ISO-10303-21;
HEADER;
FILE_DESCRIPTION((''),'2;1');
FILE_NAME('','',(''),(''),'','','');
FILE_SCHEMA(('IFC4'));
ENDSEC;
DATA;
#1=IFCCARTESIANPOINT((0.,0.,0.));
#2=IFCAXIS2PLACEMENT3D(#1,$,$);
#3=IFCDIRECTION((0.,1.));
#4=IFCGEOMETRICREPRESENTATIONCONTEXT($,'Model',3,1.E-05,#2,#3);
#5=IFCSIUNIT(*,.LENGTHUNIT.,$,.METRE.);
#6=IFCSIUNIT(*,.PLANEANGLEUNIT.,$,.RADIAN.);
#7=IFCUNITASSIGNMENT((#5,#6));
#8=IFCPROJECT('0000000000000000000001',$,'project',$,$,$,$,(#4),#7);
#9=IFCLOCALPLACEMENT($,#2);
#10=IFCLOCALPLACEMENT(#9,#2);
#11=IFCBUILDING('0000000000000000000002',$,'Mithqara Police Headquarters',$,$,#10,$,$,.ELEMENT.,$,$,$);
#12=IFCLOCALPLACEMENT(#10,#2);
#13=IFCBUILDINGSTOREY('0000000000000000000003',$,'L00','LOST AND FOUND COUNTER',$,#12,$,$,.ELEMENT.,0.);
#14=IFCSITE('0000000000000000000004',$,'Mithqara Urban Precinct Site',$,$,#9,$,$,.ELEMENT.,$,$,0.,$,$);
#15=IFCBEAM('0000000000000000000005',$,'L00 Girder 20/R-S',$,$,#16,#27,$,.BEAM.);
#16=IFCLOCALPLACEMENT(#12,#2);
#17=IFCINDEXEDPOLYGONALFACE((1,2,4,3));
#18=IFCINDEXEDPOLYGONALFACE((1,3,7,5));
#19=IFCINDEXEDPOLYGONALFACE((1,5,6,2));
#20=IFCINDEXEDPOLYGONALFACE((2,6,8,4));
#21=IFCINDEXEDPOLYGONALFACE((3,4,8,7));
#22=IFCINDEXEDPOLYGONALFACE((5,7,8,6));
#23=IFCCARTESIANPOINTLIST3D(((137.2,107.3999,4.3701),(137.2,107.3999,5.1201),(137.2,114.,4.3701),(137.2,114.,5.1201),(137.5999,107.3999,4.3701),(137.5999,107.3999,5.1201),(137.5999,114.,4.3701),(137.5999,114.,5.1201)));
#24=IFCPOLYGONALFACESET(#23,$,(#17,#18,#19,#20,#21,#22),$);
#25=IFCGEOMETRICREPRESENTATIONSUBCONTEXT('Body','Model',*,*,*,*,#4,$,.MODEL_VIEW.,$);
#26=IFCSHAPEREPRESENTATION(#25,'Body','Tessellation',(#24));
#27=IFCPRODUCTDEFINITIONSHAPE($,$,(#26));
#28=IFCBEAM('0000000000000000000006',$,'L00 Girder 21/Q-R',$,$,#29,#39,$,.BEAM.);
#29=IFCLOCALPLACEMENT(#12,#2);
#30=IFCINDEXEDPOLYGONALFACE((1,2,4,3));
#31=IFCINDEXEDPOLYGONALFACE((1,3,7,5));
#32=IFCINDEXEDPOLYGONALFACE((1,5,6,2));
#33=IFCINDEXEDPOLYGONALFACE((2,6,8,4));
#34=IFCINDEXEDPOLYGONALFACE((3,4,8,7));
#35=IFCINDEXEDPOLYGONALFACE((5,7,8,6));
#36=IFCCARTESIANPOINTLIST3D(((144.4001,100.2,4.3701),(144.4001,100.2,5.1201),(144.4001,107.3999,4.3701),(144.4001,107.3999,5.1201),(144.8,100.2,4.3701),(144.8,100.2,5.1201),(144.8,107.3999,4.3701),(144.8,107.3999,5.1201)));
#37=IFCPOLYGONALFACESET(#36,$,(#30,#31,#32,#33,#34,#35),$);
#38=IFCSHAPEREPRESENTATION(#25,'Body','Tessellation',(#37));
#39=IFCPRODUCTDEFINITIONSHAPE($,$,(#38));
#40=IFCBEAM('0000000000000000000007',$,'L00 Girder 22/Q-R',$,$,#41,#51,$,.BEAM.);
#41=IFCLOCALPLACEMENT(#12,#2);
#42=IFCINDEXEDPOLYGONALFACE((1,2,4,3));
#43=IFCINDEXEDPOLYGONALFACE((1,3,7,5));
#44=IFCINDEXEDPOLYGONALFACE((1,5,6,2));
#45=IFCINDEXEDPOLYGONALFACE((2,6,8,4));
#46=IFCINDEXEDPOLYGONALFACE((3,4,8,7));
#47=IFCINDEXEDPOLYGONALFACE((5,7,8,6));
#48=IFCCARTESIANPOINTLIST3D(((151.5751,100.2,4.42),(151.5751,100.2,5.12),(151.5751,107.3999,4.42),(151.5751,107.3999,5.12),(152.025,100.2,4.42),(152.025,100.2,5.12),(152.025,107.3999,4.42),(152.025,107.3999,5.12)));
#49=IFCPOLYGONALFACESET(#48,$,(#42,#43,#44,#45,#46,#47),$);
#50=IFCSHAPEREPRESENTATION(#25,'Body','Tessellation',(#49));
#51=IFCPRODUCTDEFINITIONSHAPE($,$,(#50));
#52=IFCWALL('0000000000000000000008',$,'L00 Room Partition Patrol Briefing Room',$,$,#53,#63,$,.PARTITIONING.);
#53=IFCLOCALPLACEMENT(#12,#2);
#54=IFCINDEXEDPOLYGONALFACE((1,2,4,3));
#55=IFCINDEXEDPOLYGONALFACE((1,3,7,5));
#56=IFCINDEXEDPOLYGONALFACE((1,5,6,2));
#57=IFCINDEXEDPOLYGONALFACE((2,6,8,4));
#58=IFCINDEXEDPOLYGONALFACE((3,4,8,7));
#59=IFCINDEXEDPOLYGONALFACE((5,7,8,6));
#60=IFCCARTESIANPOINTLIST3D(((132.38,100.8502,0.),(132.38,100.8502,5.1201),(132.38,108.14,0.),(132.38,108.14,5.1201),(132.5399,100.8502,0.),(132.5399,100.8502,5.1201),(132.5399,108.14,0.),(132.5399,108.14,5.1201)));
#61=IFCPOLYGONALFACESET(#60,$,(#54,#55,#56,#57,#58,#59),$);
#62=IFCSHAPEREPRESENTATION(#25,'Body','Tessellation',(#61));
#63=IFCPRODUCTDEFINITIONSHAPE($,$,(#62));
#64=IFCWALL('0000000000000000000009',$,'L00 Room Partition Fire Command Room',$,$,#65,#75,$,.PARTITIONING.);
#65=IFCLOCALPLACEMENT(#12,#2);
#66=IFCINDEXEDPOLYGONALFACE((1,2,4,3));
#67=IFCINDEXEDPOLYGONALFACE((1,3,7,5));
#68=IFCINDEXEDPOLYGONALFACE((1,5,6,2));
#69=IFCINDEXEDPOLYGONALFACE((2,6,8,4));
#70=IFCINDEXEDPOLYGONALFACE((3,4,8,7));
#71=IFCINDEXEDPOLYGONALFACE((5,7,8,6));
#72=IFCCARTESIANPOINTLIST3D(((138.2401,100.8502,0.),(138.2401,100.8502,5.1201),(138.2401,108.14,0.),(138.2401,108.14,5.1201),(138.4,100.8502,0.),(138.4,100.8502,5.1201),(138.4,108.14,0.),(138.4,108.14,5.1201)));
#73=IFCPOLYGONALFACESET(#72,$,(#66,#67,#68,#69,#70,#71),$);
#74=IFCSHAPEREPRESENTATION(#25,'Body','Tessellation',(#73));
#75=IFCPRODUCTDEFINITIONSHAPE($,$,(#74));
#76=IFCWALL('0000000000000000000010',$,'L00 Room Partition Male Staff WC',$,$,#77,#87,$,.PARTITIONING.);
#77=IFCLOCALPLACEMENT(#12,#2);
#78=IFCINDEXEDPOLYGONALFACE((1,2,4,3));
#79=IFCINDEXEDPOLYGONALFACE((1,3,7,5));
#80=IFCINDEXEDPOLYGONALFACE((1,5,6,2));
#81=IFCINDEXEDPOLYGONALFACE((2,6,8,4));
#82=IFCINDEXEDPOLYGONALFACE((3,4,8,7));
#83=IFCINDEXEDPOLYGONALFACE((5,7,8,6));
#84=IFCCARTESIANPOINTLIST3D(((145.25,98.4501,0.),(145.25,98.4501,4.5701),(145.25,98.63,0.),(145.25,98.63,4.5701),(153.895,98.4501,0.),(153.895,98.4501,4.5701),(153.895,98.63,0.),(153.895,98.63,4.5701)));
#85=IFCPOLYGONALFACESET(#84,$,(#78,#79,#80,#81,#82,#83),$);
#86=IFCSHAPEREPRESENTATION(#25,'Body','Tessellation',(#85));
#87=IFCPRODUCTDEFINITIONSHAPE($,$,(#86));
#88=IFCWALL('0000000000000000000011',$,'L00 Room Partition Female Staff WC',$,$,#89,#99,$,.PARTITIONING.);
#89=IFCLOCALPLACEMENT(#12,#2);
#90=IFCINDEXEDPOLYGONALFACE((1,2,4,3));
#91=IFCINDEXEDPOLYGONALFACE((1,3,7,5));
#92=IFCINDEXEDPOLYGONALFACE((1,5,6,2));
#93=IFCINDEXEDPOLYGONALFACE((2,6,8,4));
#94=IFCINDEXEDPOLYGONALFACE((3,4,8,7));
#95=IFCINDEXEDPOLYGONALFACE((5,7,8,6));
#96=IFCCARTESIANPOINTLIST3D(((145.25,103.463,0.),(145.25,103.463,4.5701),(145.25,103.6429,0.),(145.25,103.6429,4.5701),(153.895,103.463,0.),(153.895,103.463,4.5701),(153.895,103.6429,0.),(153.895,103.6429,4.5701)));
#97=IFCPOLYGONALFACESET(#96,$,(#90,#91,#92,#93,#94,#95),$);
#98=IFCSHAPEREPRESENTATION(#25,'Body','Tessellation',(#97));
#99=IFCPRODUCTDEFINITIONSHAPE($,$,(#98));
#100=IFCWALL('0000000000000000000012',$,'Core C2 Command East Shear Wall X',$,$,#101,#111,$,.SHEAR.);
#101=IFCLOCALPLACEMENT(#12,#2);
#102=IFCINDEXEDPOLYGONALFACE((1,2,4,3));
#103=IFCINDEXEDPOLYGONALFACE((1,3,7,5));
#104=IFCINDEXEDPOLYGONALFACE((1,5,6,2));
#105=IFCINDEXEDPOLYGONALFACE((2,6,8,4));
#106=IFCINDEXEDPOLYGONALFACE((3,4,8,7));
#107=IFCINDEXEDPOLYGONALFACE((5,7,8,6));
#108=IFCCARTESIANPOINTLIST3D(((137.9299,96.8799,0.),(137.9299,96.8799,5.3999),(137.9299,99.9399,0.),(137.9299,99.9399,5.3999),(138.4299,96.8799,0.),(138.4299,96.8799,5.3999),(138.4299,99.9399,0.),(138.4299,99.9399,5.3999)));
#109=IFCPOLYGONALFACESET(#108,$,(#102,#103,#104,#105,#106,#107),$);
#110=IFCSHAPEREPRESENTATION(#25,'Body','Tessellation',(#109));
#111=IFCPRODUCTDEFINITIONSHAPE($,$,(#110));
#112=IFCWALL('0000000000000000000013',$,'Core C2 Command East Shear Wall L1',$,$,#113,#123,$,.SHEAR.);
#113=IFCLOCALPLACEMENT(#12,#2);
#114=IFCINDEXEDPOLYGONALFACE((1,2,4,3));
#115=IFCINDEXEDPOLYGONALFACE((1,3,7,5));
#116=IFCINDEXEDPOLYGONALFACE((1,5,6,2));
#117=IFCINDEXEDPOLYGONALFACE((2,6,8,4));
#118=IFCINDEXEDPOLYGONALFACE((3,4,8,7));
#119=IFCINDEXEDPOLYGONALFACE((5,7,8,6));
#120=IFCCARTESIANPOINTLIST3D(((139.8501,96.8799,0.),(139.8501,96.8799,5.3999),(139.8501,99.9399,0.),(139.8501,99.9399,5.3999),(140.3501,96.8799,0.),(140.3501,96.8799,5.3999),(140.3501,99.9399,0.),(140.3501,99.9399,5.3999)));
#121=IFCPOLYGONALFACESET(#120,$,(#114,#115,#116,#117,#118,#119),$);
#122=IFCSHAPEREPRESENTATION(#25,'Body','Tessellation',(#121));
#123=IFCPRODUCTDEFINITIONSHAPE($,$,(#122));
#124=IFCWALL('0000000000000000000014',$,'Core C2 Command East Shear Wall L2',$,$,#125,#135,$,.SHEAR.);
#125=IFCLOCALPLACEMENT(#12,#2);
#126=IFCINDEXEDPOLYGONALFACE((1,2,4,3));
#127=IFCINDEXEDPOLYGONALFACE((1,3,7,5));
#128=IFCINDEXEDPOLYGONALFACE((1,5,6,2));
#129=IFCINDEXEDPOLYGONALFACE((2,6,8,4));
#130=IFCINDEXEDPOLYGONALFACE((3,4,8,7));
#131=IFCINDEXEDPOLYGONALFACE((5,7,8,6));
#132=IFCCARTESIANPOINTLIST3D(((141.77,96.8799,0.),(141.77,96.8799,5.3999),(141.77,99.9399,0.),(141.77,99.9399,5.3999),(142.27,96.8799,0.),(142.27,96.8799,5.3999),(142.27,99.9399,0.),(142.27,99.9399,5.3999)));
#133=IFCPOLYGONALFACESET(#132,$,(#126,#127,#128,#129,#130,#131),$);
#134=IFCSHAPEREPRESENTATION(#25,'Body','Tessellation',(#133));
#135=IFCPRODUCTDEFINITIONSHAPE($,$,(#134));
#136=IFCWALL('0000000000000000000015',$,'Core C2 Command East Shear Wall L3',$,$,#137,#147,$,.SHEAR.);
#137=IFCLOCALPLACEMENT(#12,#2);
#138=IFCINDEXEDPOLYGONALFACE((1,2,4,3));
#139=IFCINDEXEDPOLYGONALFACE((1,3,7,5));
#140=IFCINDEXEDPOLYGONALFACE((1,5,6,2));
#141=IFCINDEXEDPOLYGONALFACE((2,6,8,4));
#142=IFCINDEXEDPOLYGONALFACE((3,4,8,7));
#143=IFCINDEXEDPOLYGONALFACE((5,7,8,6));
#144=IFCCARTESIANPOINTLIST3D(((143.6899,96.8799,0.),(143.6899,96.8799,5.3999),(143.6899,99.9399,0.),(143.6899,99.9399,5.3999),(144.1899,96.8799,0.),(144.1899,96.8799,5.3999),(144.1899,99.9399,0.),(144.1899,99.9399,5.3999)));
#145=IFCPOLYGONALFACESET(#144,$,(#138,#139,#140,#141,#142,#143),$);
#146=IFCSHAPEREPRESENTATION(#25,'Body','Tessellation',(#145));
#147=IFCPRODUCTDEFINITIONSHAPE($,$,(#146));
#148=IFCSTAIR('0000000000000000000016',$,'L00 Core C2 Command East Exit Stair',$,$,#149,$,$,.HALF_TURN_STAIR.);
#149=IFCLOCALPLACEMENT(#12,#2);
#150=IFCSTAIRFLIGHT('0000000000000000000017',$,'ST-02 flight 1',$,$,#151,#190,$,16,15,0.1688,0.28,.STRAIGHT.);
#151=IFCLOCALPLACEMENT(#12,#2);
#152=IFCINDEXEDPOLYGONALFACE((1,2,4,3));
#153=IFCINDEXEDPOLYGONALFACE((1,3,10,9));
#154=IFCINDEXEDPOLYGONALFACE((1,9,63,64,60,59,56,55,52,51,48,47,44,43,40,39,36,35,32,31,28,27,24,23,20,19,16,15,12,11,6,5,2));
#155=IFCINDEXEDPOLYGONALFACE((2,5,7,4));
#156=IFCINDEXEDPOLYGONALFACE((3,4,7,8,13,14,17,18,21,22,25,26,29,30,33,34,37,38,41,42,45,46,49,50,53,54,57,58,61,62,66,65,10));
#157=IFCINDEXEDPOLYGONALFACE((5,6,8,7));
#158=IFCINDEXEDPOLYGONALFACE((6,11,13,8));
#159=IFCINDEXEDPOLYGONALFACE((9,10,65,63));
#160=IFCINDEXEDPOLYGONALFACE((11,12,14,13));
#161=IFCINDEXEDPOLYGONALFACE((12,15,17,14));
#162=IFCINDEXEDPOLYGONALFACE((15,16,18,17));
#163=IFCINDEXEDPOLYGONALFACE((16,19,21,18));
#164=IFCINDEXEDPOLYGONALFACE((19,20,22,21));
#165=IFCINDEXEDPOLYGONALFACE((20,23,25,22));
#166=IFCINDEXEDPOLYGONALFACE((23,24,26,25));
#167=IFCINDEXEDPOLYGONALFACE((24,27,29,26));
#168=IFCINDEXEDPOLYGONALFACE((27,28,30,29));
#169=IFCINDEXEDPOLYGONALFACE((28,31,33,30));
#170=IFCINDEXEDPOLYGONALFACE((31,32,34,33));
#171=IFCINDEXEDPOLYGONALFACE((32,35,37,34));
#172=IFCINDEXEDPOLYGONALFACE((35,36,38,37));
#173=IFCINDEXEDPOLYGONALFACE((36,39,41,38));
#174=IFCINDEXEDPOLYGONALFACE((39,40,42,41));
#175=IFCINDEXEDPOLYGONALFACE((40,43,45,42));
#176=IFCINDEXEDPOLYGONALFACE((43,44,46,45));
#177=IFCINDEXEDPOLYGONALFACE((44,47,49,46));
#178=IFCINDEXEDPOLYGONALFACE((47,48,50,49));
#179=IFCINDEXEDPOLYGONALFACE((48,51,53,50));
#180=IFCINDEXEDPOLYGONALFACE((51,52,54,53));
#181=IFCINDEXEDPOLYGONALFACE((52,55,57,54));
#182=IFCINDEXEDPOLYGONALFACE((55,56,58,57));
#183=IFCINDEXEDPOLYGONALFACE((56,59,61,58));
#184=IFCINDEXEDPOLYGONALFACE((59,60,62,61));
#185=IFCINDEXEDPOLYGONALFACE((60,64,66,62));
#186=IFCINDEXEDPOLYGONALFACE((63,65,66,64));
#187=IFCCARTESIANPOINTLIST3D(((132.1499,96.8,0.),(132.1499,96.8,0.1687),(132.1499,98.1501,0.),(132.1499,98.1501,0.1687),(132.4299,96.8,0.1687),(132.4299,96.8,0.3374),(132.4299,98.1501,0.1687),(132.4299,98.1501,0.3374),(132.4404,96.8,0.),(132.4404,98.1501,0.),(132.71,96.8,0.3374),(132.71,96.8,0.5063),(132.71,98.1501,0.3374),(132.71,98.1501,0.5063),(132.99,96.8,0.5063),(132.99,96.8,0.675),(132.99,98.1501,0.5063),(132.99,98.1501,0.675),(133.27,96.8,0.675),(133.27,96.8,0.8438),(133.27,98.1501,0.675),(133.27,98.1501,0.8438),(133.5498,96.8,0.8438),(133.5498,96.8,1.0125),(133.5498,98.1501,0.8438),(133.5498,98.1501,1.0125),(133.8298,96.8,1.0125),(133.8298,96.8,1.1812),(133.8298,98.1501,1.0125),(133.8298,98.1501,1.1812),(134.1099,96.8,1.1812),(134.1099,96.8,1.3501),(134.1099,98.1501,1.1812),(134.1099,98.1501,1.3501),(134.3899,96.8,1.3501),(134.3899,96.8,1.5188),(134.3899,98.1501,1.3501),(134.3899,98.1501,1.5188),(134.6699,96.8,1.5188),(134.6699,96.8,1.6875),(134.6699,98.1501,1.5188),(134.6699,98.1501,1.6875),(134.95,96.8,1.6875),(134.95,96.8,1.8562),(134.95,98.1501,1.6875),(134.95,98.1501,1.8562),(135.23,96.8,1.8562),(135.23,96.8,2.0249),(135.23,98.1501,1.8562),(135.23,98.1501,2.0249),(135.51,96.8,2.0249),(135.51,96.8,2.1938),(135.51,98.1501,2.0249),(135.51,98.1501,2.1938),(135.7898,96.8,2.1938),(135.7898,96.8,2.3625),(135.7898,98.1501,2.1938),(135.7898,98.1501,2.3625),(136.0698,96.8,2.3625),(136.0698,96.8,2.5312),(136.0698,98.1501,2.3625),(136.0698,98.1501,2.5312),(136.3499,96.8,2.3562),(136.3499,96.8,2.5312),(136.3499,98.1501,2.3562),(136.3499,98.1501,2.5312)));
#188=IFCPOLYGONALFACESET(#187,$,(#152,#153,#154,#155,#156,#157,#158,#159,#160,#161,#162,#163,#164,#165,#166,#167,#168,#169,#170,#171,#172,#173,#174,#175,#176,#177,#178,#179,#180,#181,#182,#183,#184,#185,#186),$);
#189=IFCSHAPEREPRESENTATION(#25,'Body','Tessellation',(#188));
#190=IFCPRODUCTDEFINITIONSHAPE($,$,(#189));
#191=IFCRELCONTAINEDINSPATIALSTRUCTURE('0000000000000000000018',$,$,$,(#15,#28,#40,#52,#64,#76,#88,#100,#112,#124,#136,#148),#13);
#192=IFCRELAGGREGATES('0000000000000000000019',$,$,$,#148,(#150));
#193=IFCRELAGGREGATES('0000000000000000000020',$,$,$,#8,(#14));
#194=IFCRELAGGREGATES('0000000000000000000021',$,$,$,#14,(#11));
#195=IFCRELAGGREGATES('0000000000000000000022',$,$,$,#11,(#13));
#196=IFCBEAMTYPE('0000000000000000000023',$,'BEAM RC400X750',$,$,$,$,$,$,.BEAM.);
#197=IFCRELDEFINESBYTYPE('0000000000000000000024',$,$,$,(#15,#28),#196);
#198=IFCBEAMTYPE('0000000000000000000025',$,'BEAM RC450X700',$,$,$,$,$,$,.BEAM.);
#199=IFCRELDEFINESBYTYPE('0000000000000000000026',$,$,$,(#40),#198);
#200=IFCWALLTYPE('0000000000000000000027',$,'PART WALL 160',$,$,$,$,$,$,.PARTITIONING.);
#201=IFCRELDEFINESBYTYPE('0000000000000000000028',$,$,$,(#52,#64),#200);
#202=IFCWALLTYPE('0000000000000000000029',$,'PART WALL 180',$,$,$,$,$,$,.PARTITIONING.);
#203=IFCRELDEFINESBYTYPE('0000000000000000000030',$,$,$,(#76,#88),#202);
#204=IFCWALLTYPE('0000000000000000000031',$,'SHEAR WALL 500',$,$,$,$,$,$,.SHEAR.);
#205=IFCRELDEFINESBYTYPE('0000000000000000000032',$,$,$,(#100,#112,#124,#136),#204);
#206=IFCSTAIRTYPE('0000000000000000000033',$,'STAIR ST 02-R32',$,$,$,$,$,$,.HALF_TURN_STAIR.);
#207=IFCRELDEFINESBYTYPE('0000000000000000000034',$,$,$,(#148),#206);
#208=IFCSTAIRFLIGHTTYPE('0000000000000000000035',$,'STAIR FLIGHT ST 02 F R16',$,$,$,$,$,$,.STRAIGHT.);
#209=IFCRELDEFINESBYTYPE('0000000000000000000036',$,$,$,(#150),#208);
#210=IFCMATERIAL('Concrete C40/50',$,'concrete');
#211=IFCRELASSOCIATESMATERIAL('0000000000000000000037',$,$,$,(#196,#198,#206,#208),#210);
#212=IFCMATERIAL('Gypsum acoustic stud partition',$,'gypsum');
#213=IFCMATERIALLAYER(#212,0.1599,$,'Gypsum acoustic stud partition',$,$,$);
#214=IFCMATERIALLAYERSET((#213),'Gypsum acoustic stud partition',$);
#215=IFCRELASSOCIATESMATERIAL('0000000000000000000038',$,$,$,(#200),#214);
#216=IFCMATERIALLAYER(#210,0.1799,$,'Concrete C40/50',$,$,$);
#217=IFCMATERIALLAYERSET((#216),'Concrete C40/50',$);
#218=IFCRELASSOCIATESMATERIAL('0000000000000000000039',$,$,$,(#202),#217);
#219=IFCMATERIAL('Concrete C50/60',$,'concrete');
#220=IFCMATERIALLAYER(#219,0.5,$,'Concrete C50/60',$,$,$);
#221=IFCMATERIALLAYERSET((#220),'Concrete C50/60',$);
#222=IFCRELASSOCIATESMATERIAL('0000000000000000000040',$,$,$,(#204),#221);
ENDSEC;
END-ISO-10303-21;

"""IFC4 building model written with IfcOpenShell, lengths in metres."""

from ifc_helpers import new_model, si_unit, direction, frame, frame_2d, origin, origin_2d, place, context, subcontext, project, spatial, polyline, rectangle, outline, extrude, material, layer, layer_set, material_profile, profile_set, type_object, element, aggregate, save


model = new_model("IFC4")

# Units and contexts
model_context = context("Model", 3, precision=1e-05, world=origin(), true_north=direction((0.0, 1.0)))
body_context = subcontext(model_context, "Body", "Model", "MODEL_VIEW")
ifc_project = project(units=[si_unit("LENGTHUNIT", "METRE"), si_unit("PLANEANGLEUNIT", "RADIAN")], contexts=[model_context])

# Site, building, storey
site_placement = place(None, origin())
site = spatial("IfcSite", under=ifc_project, at=site_placement, Name="Mithqara Urban Precinct Site", CompositionType="ELEMENT", RefElevation=0.0)
building_placement = place(site_placement, origin())
building = spatial("IfcBuilding", under=site, at=building_placement, Name="Mithqara Police Headquarters", CompositionType="ELEMENT")
storey_placement = place(building_placement, origin())
storey = spatial("IfcBuildingStorey", under=building, at=storey_placement, Name="L00", Description="LOST AND FOUND COUNTER", CompositionType="ELEMENT", Elevation=0.0)

# Shared definitions
ifc_material_1 = material(Name="Concrete C50/60", Category="concrete")

# Beams
ifc_material_2 = material(Name="Concrete C40/50", Category="concrete")
ifc_material_profile_1 = material_profile(ifc_material_2, rectangle(XDim=0.3999, YDim=0.75, at=origin_2d()), Name="RC 400x750")
ifc_profile_set_1 = profile_set([ifc_material_profile_1], Name="Concrete C40/50")
beam_type_1 = type_object("IfcBeamType", Name="BEAM RC400X750", PredefinedType="BEAM", material=ifc_profile_set_1)
beam_1_placement = place(storey_placement, frame((137.3999, 107.3999, 4.7451), z_axis=(0.0, 1.0, 0.0), x_axis=(-1.0, 0.0, 0.0)))
element("IfcBeam", 1, at=beam_1_placement, inside=storey, type_object=beam_type_1, Name="L00 Girder 20/R-S", PredefinedType="BEAM", context=body_context, shape_type="SweptSolid", body=[
    extrude(rectangle(XDim=0.3999, YDim=0.75, at=origin_2d()), origin(), (0.0, 0.0, 1.0), 6.6001),
])
beam_2_placement = place(storey_placement, frame((144.6001, 100.2, 4.7451), z_axis=(0.0, 1.0, 0.0), x_axis=(-1.0, 0.0, 0.0)))
element("IfcBeam", 2, at=beam_2_placement, inside=storey, type_object=beam_type_1, Name="L00 Girder 21/Q-R", PredefinedType="BEAM", context=body_context, shape_type="SweptSolid", body=[
    extrude(rectangle(XDim=0.3999, YDim=0.75, at=origin_2d()), origin(), (0.0, 0.0, 1.0), 7.2),
])
ifc_material_profile_2 = material_profile(ifc_material_2, rectangle(XDim=0.45, YDim=0.7, at=origin_2d()), Name="RC 450x700")
ifc_profile_set_2 = profile_set([ifc_material_profile_2], Name="Concrete C40/50")
beam_type_2 = type_object("IfcBeamType", Name="BEAM RC450X700", PredefinedType="BEAM", material=ifc_profile_set_2)
beam_3_placement = place(storey_placement, frame((151.8, 100.2, 4.77), z_axis=(0.0, 1.0, 0.0), x_axis=(-1.0, 0.0, 0.0)))
element("IfcBeam", 3, at=beam_3_placement, inside=storey, type_object=beam_type_2, Name="L00 Girder 22/Q-R", PredefinedType="BEAM", context=body_context, shape_type="SweptSolid", body=[
    extrude(rectangle(XDim=0.45, YDim=0.7, at=origin_2d()), origin(), (0.0, 0.0, 1.0), 7.2),
])

# Walls
ifc_material_3 = material(Name="Gypsum acoustic stud partition", Category="gypsum")
ifc_layer_1 = layer(ifc_material_3, 0.1599, Name="Gypsum acoustic stud partition")
ifc_layer_set_1 = layer_set([ifc_layer_1], Name="Gypsum acoustic stud partition")
wall_type_1 = type_object("IfcWallType", Name="PART WALL 160", PredefinedType="PARTITIONING", material=ifc_layer_set_1)
for number, where, z_axis, x_axis, name in (
    (4, (132.46, 100.8501, 0.0), (0.0, 0.0, 1.0), (0.0, 1.0, 0.0), "L00 Room Partition Patrol Briefing Room"),
    (5, (138.3201, 100.8501, 0.0), (0.0, 0.0, 1.0), (0.0, 1.0, 0.0), "L00 Room Partition Fire Command Room"),
):
    element("IfcWall", number, at=place(storey_placement, frame(where, z_axis=z_axis, x_axis=x_axis)), inside=storey, type_object=wall_type_1, Name=name, PredefinedType="PARTITIONING", context=body_context, shape_type="SweptSolid", body=[
        extrude(rectangle(XDim=7.2898, YDim=0.1599, at=frame_2d((3.645, 0.0))), origin(), (0.0, 0.0, 1.0), 5.1201),
    ])
ifc_layer_2 = layer(ifc_material_2, 0.1799, Name="Concrete C40/50")
ifc_layer_set_2 = layer_set([ifc_layer_2], Name="Concrete C40/50")
wall_type_2 = type_object("IfcWallType", Name="PART WALL 180", PredefinedType="PARTITIONING", material=ifc_layer_set_2)
for number, where, z_axis, x_axis, name in (
    (6, (145.25, 98.54, 0.0), (0.0, 0.0, 1.0), (1.0, 0.0, 0.0), "L00 Room Partition Male Staff WC"),
    (7, (145.25, 103.553, 0.0), (0.0, 0.0, 1.0), (1.0, 0.0, 0.0), "L00 Room Partition Female Staff WC"),
):
    element("IfcWall", number, at=place(storey_placement, frame(where, z_axis=z_axis, x_axis=x_axis)), inside=storey, type_object=wall_type_2, Name=name, PredefinedType="PARTITIONING", context=body_context, shape_type="SweptSolid", body=[
        extrude(rectangle(XDim=8.645, YDim=0.1799, at=frame_2d((4.3225, 0.0))), origin(), (0.0, 0.0, 1.0), 4.5701),
    ])
ifc_layer_3 = layer(ifc_material_1, 0.5, Name="Concrete C50/60")
ifc_layer_set_3 = layer_set([ifc_layer_3], Name="Concrete C50/60")
wall_type_3 = type_object("IfcWallType", Name="SHEAR WALL 500", PredefinedType="SHEAR", material=ifc_layer_set_3)
for number, where, z_axis, x_axis, name in (
    (8, (138.1799, 96.8799, 0.0), (0.0, 0.0, 1.0), (0.0, 1.0, 0.0), "Core C2 Command East Shear Wall X"),
    (9, (140.1001, 96.8799, 0.0), (0.0, 0.0, 1.0), (0.0, 1.0, 0.0), "Core C2 Command East Shear Wall L1"),
    (10, (142.02, 96.8799, 0.0), (0.0, 0.0, 1.0), (0.0, 1.0, 0.0), "Core C2 Command East Shear Wall L2"),
    (11, (143.9399, 96.8799, 0.0), (0.0, 0.0, 1.0), (0.0, 1.0, 0.0), "Core C2 Command East Shear Wall L3"),
):
    element("IfcWall", number, at=place(storey_placement, frame(where, z_axis=z_axis, x_axis=x_axis)), inside=storey, type_object=wall_type_3, Name=name, PredefinedType="SHEAR", context=body_context, shape_type="SweptSolid", body=[
        extrude(rectangle(XDim=3.0601, YDim=0.5, at=frame_2d((1.53, 0.0))), origin(), (0.0, 0.0, 1.0), 5.3999),
    ])

# Stair, stair flight
stair_type = type_object("IfcStairType", Name="STAIR ST 02-R32", PredefinedType="HALF_TURN_STAIR", material=ifc_material_2)
stair_placement = place(storey_placement, origin())
stair = element("IfcStair", 12, at=stair_placement, inside=storey, type_object=stair_type, Name="L00 Core C2 Command East Exit Stair", PredefinedType="HALF_TURN_STAIR")
stair_flight_type = type_object("IfcStairFlightType", Name="STAIR FLIGHT ST 02 F R16", PredefinedType="STRAIGHT", material=ifc_material_2)
stair_flight_1_placement = place(storey_placement, frame((132.1499, 97.4751, 0.0), z_axis=(0.0, 0.0, 1.0), x_axis=(1.0, 0.0, 0.0)))
stair_flight_1 = element("IfcStairFlight", 13, at=stair_flight_1_placement, type_object=stair_flight_type, Name="ST-02 flight 1", NumberOfRisers=16, NumberOfTreads=15, PredefinedType="STRAIGHT", RiserHeight=0.1688, TreadLength=0.28, context=body_context, shape_type="SweptSolid", body=[
    extrude(outline(polyline([(0.0, 0.0), (0.0, 0.1687), (0.28, 0.1687), (0.28, 0.3374), (0.5601, 0.3374), (0.5601, 0.5063), (0.8401, 0.5063), (0.8401, 0.675), (1.1201, 0.675), (1.1201, 0.8438), (1.3999, 0.8438), (1.3999, 1.0125), (1.6799, 1.0125), (1.6799, 1.1812), (1.96, 1.1812), (1.96, 1.3501), (2.24, 1.3501), (2.24, 1.5188), (2.52, 1.5188), (2.52, 1.6875), (2.8, 1.6875), (2.8, 1.8562), (3.0801, 1.8562), (3.0801, 2.0249), (3.3601, 2.0249), (3.3601, 2.1938), (3.6399, 2.1938), (3.6399, 2.3625), (3.9199, 2.3625), (3.9199, 2.5312), (4.2, 2.5312), (4.2, 2.7), (4.2, 2.3562), (0.2905, 0.0), (0.0, 0.0)])), frame((0.0, 0.675, 0.0), z_axis=(0.0, -1.0, 0.0), x_axis=(1.0, 0.0, 0.0)), (0.0, 0.0, 1.0), 1.3501),
])
aggregate(stair, [stair_flight_1])

save(model, "model.ifc")
